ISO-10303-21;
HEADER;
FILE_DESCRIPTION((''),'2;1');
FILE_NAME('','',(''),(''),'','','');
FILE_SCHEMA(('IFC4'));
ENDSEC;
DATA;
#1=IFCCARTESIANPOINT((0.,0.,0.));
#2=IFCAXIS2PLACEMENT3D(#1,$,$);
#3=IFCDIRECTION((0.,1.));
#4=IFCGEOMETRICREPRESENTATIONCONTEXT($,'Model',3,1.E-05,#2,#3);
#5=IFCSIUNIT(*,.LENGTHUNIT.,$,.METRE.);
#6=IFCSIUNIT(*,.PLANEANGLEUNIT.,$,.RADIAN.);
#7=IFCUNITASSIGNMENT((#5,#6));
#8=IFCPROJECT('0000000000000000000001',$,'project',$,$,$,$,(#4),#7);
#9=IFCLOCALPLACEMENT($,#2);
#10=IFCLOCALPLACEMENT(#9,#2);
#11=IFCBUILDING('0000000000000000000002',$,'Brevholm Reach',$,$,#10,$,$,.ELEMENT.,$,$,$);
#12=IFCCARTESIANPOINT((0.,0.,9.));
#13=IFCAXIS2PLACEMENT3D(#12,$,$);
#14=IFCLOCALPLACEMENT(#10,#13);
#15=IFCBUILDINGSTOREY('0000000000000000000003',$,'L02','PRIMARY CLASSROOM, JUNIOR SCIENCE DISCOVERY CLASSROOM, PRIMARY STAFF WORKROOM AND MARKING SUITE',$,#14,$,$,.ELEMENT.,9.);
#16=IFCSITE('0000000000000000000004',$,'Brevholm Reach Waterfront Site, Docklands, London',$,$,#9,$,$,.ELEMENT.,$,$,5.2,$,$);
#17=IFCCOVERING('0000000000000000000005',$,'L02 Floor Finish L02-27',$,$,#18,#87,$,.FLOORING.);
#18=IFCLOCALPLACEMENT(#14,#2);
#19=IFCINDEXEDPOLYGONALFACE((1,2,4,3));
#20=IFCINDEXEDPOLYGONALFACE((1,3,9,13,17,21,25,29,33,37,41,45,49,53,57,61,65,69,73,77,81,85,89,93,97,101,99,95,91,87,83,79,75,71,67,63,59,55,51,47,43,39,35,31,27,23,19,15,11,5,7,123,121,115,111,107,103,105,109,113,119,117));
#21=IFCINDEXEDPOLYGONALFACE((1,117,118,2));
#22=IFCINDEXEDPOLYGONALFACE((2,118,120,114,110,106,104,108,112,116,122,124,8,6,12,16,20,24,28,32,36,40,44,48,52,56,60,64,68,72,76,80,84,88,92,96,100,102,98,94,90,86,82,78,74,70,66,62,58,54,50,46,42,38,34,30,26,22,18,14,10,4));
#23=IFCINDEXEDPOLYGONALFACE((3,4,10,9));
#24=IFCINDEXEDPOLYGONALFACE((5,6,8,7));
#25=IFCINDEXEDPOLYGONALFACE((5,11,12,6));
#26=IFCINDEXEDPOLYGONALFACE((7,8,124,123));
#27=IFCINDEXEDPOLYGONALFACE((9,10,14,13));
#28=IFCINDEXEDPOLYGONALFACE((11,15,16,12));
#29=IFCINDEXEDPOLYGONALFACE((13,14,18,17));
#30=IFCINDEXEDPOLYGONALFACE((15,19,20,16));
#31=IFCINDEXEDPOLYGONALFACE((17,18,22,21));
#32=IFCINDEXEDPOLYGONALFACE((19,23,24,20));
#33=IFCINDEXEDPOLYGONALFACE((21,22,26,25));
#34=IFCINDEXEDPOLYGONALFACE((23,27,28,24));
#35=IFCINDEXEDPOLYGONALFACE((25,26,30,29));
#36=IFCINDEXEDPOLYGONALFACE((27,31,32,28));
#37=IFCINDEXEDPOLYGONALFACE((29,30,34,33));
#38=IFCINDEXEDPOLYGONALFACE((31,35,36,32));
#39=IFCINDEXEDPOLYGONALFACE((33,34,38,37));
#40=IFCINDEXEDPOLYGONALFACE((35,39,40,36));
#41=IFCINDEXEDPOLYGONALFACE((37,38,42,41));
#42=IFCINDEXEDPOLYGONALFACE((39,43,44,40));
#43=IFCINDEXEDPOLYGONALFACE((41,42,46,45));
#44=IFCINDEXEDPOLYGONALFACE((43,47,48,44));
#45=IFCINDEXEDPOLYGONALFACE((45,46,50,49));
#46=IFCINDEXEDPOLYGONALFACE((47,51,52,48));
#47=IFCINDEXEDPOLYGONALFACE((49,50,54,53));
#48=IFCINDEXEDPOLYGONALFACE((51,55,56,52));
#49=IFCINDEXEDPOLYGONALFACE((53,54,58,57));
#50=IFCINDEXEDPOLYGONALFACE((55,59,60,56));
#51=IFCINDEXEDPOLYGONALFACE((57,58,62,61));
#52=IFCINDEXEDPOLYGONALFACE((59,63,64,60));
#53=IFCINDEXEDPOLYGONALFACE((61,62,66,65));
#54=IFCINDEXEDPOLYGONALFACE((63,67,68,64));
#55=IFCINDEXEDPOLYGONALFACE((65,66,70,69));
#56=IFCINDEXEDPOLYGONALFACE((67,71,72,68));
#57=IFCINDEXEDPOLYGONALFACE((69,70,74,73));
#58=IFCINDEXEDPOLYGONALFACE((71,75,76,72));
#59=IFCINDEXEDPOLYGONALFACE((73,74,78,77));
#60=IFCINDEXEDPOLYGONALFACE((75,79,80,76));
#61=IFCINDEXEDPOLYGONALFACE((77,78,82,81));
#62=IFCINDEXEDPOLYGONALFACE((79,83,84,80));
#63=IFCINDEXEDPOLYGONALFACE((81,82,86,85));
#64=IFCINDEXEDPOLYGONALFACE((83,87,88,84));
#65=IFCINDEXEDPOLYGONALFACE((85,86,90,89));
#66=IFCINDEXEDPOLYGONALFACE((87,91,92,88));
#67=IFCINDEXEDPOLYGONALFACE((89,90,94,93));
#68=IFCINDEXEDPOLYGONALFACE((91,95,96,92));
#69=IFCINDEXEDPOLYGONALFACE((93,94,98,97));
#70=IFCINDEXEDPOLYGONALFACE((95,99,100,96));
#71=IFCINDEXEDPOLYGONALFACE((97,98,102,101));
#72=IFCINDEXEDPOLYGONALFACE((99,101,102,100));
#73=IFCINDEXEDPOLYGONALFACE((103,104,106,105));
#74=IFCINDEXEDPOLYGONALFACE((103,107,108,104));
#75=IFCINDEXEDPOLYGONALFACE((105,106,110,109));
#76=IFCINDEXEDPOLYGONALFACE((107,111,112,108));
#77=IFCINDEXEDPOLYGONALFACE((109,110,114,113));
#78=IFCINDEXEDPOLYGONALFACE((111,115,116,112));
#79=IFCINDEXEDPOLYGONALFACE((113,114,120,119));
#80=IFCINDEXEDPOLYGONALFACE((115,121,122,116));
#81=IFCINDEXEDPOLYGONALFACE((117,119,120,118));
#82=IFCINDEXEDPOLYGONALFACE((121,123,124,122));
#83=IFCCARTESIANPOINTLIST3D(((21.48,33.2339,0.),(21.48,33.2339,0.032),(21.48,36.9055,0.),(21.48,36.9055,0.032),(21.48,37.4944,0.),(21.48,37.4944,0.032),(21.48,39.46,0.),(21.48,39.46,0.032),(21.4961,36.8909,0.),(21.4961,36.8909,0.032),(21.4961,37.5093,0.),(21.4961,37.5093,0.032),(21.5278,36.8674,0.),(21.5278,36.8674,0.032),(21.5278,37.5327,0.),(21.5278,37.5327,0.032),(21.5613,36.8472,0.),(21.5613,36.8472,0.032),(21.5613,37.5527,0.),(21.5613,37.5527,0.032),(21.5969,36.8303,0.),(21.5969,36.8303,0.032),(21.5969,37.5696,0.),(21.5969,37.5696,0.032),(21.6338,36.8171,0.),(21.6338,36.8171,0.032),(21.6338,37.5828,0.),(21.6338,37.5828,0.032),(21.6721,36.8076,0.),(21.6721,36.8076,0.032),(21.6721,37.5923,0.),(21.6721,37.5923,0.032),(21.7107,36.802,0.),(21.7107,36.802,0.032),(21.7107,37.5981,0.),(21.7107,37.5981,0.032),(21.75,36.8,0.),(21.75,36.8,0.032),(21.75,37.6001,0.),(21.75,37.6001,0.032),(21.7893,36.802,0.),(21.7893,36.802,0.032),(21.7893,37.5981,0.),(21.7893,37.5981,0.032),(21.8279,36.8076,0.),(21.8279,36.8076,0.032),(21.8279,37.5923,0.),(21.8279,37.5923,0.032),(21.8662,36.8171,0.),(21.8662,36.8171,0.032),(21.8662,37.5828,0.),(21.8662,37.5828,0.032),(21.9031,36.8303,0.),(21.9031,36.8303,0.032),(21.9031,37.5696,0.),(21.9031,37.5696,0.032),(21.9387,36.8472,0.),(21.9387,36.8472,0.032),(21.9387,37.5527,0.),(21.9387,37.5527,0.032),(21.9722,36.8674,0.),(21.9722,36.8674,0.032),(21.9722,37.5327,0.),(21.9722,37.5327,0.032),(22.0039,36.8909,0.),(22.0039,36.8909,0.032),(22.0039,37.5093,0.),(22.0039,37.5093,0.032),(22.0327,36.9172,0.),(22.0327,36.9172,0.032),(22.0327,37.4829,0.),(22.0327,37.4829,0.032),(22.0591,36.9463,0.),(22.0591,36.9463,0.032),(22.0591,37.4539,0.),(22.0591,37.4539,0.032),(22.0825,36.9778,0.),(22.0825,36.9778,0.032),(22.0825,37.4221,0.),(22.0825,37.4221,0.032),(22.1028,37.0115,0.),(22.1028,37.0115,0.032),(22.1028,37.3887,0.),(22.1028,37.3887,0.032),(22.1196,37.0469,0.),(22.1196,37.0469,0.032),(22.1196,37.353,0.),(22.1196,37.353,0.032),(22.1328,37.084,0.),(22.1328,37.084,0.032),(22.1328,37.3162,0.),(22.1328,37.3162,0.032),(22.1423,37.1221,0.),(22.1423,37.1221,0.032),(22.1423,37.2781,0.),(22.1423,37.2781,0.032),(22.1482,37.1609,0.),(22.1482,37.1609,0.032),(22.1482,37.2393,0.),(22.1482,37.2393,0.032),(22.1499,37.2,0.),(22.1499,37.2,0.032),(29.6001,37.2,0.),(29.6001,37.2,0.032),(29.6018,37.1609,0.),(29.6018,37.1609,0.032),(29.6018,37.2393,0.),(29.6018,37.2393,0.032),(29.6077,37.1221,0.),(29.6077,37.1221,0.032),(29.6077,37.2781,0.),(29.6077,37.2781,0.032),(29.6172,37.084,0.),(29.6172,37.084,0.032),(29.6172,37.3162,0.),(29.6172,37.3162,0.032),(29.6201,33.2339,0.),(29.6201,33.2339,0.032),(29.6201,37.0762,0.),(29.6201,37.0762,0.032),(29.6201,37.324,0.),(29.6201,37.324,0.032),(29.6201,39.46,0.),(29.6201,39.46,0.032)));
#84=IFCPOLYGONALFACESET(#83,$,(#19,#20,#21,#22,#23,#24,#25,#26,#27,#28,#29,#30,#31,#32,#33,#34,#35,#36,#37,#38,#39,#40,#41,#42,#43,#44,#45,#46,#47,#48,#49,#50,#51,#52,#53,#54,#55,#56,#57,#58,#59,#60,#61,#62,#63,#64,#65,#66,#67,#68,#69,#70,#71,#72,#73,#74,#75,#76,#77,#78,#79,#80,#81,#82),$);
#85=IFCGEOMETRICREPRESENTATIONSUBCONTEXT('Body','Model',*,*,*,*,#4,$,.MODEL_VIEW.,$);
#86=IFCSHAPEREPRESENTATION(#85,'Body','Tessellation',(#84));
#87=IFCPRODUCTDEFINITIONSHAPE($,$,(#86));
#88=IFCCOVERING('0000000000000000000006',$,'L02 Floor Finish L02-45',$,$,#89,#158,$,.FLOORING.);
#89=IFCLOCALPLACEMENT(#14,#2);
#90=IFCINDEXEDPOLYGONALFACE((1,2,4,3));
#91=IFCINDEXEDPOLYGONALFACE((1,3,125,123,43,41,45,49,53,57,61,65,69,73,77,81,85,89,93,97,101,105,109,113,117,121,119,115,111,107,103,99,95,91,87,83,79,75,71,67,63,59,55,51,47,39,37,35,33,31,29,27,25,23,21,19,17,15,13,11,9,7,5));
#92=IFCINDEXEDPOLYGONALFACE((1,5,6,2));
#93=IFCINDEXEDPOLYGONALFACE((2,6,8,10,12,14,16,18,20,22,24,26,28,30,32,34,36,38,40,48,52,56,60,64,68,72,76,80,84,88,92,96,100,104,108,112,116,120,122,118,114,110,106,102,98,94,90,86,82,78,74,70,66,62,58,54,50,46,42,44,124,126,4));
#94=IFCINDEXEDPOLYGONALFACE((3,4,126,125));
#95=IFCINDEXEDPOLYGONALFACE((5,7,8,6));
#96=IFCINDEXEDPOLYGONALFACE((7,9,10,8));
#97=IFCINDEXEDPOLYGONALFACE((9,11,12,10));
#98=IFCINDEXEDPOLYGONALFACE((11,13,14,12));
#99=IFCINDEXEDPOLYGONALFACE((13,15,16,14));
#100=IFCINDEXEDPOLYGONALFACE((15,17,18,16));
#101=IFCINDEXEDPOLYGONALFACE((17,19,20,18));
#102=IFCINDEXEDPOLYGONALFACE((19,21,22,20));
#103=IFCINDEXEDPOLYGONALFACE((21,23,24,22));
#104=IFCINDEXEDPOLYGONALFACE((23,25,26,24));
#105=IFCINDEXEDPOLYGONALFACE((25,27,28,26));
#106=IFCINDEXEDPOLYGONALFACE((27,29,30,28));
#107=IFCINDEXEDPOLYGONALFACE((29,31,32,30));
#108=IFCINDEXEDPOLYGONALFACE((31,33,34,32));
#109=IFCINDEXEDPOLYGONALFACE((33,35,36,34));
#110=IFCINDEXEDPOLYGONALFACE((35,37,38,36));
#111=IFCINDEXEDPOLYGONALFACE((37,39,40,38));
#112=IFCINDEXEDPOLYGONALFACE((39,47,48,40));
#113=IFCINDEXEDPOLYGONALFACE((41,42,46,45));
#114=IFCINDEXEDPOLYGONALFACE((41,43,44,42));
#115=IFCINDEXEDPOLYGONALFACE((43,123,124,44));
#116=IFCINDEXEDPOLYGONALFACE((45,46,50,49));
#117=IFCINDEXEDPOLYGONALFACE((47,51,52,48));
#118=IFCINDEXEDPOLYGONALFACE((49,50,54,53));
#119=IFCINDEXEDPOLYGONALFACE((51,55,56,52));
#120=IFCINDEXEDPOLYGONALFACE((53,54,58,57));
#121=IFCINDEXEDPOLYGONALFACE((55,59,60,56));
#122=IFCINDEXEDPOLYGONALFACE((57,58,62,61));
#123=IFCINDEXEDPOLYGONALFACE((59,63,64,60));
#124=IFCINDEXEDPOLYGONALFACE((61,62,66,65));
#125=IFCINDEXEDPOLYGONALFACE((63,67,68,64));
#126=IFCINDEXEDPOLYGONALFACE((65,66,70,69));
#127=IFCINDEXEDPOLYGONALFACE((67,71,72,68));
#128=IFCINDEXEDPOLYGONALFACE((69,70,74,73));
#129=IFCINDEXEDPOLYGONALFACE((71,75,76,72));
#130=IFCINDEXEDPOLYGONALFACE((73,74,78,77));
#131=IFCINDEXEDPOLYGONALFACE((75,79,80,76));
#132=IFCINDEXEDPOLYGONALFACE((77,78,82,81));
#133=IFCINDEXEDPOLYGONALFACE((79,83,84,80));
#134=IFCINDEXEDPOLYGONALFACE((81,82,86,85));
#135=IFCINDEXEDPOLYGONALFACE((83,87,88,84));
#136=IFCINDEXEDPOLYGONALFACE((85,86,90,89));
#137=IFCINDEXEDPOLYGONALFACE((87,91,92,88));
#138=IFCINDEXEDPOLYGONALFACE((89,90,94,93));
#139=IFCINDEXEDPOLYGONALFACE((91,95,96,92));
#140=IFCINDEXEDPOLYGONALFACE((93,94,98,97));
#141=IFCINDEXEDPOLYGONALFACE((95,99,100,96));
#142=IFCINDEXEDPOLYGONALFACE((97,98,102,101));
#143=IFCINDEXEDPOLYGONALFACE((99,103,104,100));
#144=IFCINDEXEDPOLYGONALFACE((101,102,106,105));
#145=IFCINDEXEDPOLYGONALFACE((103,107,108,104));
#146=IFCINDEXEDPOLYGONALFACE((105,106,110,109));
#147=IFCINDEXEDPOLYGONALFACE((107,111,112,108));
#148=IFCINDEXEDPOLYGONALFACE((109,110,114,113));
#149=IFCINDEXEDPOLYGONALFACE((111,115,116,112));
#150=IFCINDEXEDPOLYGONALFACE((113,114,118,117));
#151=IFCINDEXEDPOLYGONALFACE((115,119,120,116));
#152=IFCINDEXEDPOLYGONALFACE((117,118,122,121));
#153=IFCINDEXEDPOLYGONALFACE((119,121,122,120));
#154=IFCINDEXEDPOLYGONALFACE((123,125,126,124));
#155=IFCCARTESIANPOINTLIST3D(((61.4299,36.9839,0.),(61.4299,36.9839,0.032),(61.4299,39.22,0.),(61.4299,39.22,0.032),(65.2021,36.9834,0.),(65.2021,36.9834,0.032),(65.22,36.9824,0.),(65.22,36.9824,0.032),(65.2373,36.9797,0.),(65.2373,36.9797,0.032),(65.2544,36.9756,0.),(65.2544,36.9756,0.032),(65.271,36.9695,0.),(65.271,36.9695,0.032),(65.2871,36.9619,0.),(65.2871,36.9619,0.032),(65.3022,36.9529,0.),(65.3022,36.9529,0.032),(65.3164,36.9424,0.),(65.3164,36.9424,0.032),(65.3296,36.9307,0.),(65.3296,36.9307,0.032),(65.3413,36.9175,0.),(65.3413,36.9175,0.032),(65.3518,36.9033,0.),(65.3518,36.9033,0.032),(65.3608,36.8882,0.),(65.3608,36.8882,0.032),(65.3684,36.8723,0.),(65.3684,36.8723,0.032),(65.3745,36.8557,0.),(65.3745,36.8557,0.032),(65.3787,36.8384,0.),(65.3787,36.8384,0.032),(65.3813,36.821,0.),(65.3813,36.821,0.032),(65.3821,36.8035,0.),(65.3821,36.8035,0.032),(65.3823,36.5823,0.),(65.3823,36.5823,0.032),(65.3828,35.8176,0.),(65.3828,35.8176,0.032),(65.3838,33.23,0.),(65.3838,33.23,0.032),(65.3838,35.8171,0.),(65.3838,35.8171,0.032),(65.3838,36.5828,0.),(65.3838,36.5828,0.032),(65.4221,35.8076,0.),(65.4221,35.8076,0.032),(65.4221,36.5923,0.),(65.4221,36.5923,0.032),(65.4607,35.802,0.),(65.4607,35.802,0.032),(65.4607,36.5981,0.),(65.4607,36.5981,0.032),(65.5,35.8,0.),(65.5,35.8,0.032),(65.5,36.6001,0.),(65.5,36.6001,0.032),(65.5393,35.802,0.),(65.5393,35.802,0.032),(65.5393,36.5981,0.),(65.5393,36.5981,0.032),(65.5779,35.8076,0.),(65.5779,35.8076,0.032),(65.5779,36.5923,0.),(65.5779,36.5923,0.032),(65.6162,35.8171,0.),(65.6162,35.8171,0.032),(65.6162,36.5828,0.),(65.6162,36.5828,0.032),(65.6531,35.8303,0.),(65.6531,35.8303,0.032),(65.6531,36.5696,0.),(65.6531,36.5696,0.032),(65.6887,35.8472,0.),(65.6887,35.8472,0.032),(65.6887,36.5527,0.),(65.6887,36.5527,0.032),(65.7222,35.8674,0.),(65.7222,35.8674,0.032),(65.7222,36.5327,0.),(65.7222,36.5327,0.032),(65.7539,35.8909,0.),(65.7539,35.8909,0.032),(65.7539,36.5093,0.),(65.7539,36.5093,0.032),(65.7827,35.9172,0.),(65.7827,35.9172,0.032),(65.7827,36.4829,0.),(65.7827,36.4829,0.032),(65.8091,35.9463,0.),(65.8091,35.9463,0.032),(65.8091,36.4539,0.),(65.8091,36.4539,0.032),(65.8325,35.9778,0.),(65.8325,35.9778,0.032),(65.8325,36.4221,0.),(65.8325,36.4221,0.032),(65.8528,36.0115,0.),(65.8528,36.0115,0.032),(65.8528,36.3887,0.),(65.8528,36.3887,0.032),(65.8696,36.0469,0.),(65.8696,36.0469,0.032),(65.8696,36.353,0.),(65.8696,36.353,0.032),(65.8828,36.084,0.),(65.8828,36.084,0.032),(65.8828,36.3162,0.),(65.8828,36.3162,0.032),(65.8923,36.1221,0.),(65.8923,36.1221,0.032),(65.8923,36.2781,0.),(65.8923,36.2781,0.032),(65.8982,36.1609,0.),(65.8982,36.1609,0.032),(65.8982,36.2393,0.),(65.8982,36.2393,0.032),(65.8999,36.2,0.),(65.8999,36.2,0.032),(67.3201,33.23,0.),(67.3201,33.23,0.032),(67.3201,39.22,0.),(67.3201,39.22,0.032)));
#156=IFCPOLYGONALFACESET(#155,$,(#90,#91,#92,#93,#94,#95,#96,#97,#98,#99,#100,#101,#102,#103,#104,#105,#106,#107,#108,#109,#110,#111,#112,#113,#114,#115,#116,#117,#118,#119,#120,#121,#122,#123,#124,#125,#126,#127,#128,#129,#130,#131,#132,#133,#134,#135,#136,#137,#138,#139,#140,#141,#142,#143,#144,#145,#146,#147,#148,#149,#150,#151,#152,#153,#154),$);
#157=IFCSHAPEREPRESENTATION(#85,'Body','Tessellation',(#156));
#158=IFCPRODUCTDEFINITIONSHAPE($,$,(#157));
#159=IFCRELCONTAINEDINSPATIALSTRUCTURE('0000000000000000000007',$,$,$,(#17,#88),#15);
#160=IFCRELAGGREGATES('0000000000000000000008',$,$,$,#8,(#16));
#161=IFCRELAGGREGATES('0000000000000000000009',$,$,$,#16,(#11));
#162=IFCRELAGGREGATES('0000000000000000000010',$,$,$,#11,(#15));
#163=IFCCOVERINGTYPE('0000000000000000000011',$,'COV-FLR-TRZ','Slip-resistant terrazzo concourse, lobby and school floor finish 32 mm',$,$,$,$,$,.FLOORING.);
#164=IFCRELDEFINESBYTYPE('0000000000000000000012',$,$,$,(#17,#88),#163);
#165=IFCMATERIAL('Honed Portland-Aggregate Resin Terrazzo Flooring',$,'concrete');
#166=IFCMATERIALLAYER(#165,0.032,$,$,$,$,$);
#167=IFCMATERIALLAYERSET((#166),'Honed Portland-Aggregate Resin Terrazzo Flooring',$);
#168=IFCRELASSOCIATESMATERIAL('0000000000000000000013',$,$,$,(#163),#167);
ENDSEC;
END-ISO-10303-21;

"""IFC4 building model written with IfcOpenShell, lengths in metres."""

from ifc_helpers import new_model, si_unit, direction, frame, origin, place, context, subcontext, project, spatial, polyline, outline, extrude, material, layer, layer_set, type_object, element, save


model = new_model("IFC4")

# Units and contexts
model_context = context("Model", 3, precision=1e-05, world=origin(), true_north=direction((0.0, 1.0)))
body_context = subcontext(model_context, "Body", "Model", "MODEL_VIEW")
ifc_project = project(units=[si_unit("LENGTHUNIT", "METRE"), si_unit("PLANEANGLEUNIT", "RADIAN")], contexts=[model_context])

# Site, building, storey
site_placement = place(None, origin())
site = spatial("IfcSite", under=ifc_project, at=site_placement, Name="Brevholm Reach Waterfront Site, Docklands, London", CompositionType="ELEMENT", RefElevation=5.2)
building_placement = place(site_placement, origin())
building = spatial("IfcBuilding", under=site, at=building_placement, Name="Brevholm Reach", CompositionType="ELEMENT")
storey_placement = place(building_placement, frame((0.0, 0.0, 9.0)))
storey = spatial("IfcBuildingStorey", under=building, at=storey_placement, Name="L02", Description="PRIMARY CLASSROOM, JUNIOR SCIENCE DISCOVERY CLASSROOM, PRIMARY STAFF WORKROOM AND MARKING SUITE", CompositionType="ELEMENT", Elevation=9.0)

# Coverings
ifc_material_1 = material(Name="Honed Portland-Aggregate Resin Terrazzo Flooring", Category="concrete")
ifc_layer_1 = layer(ifc_material_1, 0.032)
ifc_layer_set_1 = layer_set([ifc_layer_1], Name="Honed Portland-Aggregate Resin Terrazzo Flooring")
covering_type_1 = type_object("IfcCoveringType", Name="COV-FLR-TRZ", Description="Slip-resistant terrazzo concourse, lobby and school floor finish 32 mm", PredefinedType="FLOORING", material=ifc_layer_set_1)
covering_1_placement = place(storey_placement, origin())
element("IfcCovering", 1, at=covering_1_placement, inside=storey, type_object=covering_type_1, Name="L02 Floor Finish L02-27", PredefinedType="FLOORING", context=body_context, shape_type="SweptSolid", body=[
    extrude(outline(polyline([(21.48, 36.9055), (21.4961, 36.8909), (21.5278, 36.8674), (21.5613, 36.8472), (21.5969, 36.8303), (21.6338, 36.8171), (21.6721, 36.8076), (21.7107, 36.802), (21.75, 36.8), (21.7893, 36.802), (21.8279, 36.8076), (21.8662, 36.8171), (21.9031, 36.8303), (21.9387, 36.8472), (21.9722, 36.8674), (22.0039, 36.8909), (22.0327, 36.9172), (22.0591, 36.9463), (22.0825, 36.9778), (22.1028, 37.0115), (22.1196, 37.0469), (22.1328, 37.084), (22.1423, 37.1221), (22.1482, 37.1609), (22.1499, 37.2), (22.1482, 37.2393), (22.1423, 37.2781), (22.1328, 37.3162), (22.1196, 37.353), (22.1028, 37.3887), (22.0825, 37.4221), (22.0591, 37.4539), (22.0327, 37.4829), (22.0039, 37.5093), (21.9722, 37.5327), (21.9387, 37.5527), (21.9031, 37.5696), (21.8662, 37.5828), (21.8279, 37.5923), (21.7893, 37.5981), (21.75, 37.6001), (21.7107, 37.5981), (21.6721, 37.5923), (21.6338, 37.5828), (21.5969, 37.5696), (21.5613, 37.5527), (21.5278, 37.5327), (21.4961, 37.5093), (21.48, 37.4944), (21.48, 39.46), (29.6201, 39.46), (29.6201, 37.324), (29.6172, 37.3162), (29.6077, 37.2781), (29.6018, 37.2393), (29.6001, 37.2), (29.6018, 37.1609), (29.6077, 37.1221), (29.6172, 37.084), (29.6201, 37.0762), (29.6201, 33.2339), (21.48, 33.2339), (21.48, 36.9055)])), origin(), (0.0, 0.0, 1.0), 0.032),
])
covering_2_placement = place(storey_placement, origin())
element("IfcCovering", 2, at=covering_2_placement, inside=storey, type_object=covering_type_1, Name="L02 Floor Finish L02-45", PredefinedType="FLOORING", context=body_context, shape_type="SweptSolid", body=[
    extrude(outline(polyline([(61.4299, 39.22), (67.3201, 39.22), (67.3201, 33.23), (65.3838, 33.23), (65.3828, 35.8176), (65.3838, 35.8171), (65.4221, 35.8076), (65.4607, 35.802), (65.5, 35.8), (65.5393, 35.802), (65.5779, 35.8076), (65.6162, 35.8171), (65.6531, 35.8303), (65.6887, 35.8472), (65.7222, 35.8674), (65.7539, 35.8909), (65.7827, 35.9172), (65.8091, 35.9463), (65.8325, 35.9778), (65.8528, 36.0115), (65.8696, 36.0469), (65.8828, 36.084), (65.8923, 36.1221), (65.8982, 36.1609), (65.8999, 36.2), (65.8982, 36.2393), (65.8923, 36.2781), (65.8828, 36.3162), (65.8696, 36.353), (65.8528, 36.3887), (65.8325, 36.4221), (65.8091, 36.4539), (65.7827, 36.4829), (65.7539, 36.5093), (65.7222, 36.5327), (65.6887, 36.5527), (65.6531, 36.5696), (65.6162, 36.5828), (65.5779, 36.5923), (65.5393, 36.5981), (65.5, 36.6001), (65.4607, 36.5981), (65.4221, 36.5923), (65.3838, 36.5828), (65.3823, 36.5823), (65.3821, 36.8035), (65.3813, 36.821), (65.3787, 36.8384), (65.3745, 36.8557), (65.3684, 36.8723), (65.3608, 36.8882), (65.3518, 36.9033), (65.3413, 36.9175), (65.3296, 36.9307), (65.3164, 36.9424), (65.3022, 36.9529), (65.2871, 36.9619), (65.271, 36.9695), (65.2544, 36.9756), (65.2373, 36.9797), (65.22, 36.9824), (65.2021, 36.9834), (61.4299, 36.9839), (61.4299, 39.22)])), origin(), (0.0, 0.0, 1.0), 0.032),
])

save(model, "model.ifc")
